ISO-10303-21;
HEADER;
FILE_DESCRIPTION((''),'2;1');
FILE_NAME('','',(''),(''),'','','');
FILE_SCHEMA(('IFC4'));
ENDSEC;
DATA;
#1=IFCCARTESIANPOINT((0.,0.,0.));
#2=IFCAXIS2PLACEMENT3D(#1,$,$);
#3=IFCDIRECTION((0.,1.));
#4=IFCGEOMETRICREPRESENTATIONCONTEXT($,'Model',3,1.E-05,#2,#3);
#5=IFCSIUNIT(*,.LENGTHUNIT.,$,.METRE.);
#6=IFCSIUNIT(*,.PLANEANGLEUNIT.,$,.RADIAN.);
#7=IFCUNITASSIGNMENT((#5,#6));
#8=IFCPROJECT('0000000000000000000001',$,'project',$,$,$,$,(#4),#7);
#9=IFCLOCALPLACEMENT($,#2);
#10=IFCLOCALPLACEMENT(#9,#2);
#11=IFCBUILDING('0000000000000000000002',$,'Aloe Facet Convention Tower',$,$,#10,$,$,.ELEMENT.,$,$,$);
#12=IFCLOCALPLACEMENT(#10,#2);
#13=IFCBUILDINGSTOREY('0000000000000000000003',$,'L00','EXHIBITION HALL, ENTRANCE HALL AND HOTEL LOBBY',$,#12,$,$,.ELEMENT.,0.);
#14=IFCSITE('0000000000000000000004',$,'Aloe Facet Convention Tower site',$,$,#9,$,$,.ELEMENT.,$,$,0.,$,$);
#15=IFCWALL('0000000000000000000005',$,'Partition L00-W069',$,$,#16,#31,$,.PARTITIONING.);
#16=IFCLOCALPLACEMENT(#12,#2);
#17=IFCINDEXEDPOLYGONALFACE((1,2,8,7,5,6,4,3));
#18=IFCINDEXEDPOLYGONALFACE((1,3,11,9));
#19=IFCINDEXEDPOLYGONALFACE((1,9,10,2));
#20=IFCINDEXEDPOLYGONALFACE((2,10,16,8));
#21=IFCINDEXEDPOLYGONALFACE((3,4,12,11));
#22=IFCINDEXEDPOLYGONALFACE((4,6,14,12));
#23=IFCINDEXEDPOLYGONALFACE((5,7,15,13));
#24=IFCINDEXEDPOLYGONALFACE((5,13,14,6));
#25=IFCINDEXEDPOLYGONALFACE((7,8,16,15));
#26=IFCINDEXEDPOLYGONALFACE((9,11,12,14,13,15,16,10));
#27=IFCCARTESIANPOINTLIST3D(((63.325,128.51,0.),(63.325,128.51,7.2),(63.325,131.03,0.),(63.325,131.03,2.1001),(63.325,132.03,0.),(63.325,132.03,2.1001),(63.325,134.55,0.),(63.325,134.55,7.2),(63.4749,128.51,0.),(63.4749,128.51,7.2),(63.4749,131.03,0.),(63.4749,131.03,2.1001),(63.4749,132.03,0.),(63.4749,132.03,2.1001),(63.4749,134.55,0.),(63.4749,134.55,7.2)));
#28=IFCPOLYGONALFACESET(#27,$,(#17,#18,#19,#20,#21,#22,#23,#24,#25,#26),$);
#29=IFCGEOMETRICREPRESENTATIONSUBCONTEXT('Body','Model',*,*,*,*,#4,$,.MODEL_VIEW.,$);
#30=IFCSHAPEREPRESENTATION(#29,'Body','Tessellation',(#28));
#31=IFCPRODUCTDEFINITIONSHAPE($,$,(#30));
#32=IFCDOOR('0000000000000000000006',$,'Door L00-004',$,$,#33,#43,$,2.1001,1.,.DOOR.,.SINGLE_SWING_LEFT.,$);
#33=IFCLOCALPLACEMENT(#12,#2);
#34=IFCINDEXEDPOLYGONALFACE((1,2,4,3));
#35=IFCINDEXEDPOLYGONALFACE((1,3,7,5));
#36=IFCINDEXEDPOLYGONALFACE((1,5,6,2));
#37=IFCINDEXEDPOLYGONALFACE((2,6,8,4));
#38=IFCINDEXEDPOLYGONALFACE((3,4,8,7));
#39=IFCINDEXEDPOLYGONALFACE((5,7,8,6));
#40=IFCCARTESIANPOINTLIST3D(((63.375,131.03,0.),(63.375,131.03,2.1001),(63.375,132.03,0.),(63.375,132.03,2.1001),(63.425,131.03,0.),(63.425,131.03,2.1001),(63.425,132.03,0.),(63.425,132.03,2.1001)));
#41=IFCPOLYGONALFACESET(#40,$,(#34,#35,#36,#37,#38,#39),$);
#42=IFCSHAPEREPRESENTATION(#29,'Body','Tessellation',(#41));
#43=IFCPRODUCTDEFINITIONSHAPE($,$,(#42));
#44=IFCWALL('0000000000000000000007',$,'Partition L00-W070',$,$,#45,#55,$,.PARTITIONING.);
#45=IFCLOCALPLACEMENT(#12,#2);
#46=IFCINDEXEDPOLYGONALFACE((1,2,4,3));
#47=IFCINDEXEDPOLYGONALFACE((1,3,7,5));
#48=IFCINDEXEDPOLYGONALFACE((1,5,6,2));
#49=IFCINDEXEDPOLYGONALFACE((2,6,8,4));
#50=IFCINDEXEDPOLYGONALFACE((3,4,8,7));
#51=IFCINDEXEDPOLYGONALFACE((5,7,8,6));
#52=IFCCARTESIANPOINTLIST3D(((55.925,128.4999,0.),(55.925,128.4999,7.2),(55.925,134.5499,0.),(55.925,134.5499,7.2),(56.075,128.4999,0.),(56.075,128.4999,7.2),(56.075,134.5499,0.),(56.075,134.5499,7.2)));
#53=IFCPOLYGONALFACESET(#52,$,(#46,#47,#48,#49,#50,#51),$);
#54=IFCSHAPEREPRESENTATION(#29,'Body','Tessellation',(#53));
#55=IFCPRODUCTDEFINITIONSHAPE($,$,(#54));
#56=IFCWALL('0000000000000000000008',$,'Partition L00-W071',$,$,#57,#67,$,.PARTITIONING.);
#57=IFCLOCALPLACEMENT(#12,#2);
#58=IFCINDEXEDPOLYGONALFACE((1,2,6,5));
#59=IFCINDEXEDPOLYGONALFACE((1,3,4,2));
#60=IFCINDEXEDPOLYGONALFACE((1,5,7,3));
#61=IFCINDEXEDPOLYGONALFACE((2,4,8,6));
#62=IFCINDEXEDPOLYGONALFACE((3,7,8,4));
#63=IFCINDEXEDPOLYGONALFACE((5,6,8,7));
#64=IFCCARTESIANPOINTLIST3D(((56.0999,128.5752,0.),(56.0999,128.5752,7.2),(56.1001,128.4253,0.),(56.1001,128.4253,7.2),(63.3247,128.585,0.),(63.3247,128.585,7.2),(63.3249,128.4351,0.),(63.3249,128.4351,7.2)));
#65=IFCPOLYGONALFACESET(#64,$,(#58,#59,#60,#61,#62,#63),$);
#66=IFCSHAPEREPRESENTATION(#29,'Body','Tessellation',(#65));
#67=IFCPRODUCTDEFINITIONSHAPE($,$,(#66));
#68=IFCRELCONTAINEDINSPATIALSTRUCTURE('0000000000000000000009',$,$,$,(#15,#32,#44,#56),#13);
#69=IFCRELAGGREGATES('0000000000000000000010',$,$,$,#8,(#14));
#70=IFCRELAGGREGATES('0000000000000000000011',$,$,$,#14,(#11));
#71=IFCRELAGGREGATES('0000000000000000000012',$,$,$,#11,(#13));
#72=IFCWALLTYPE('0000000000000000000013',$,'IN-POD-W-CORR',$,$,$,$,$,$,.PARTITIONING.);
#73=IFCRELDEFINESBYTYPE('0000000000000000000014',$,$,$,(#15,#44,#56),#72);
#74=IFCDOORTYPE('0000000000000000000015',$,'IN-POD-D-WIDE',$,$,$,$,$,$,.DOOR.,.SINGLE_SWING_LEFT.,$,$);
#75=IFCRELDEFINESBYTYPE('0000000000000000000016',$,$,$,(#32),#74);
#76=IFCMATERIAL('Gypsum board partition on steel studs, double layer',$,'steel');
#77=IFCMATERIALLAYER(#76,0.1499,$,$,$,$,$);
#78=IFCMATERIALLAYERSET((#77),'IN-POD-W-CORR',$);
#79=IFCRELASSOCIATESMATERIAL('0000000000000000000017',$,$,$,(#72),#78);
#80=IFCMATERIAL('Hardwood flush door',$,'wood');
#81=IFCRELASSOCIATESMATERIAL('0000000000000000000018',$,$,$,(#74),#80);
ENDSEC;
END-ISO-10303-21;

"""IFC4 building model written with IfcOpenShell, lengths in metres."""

from ifc_helpers import new_model, si_unit, direction, frame, frame_2d, origin, place, context, subcontext, project, spatial, rectangle, extrude, material, layer, layer_set, type_object, element, fill, save


model = new_model("IFC4")

# Units and contexts
model_context = context("Model", 3, precision=1e-05, world=origin(), true_north=direction((0.0, 1.0)))
body_context = subcontext(model_context, "Body", "Model", "MODEL_VIEW")
ifc_project = project(units=[si_unit("LENGTHUNIT", "METRE"), si_unit("PLANEANGLEUNIT", "RADIAN")], contexts=[model_context])

# Site, building, storey
site_placement = place(None, origin())
site = spatial("IfcSite", under=ifc_project, at=site_placement, Name="Aloe Facet Convention Tower site", CompositionType="ELEMENT", RefElevation=0.0)
building_placement = place(site_placement, origin())
building = spatial("IfcBuilding", under=site, at=building_placement, Name="Aloe Facet Convention Tower", CompositionType="ELEMENT")
storey_placement = place(building_placement, origin())
storey = spatial("IfcBuildingStorey", under=building, at=storey_placement, Name="L00", Description="EXHIBITION HALL, ENTRANCE HALL AND HOTEL LOBBY", CompositionType="ELEMENT", Elevation=0.0)

# Shared definitions
ifc_material_1 = material(Name="Gypsum board partition on steel studs, double layer", Category="steel")
ifc_layer_1 = layer(ifc_material_1, 0.1499)
ifc_layer_set_1 = layer_set([ifc_layer_1], Name="IN-POD-W-CORR")
wall_type_1 = type_object("IfcWallType", Name="IN-POD-W-CORR", PredefinedType="PARTITIONING", material=ifc_layer_set_1)

# Wall, opening, door
wall_1_placement = place(storey_placement, frame((63.3999, 128.51, 0.0), z_axis=(0.0, 0.0, 1.0), x_axis=(0.0, 1.0, 0.0)))
wall_1 = element("IfcWall", 1, at=wall_1_placement, inside=storey, type_object=wall_type_1, Name="Partition L00-W069", PredefinedType="PARTITIONING", context=body_context, shape_type="SweptSolid", body=[
    extrude(rectangle(XDim=6.04, YDim=0.1499, at=frame_2d((3.02, 0.0))), origin(), (0.0, 0.0, 1.0), 7.2),
])
opening_1_placement = place(wall_1_placement, frame((2.52, 0.0, 0.0)))
opening_1 = element("IfcOpeningElement", 2, at=opening_1_placement, cuts=wall_1, PredefinedType="OPENING", context=body_context, shape_type="SweptSolid", body=[
    extrude(rectangle(XDim=1.0, YDim=2.1001, at=frame_2d((0.5, 1.05))), frame((0.0, 0.085, 0.0), z_axis=(0.0, -1.0, 0.0), x_axis=(1.0, 0.0, 0.0)), (0.0, 0.0, 1.0), 0.1699),
])
ifc_material_2 = material(Name="Hardwood flush door", Category="wood")
door_type_1 = type_object("IfcDoorType", Name="IN-POD-D-WIDE", OperationType="SINGLE_SWING_LEFT", PredefinedType="DOOR", material=ifc_material_2)
door_1_placement = place(opening_1_placement, origin())
door_1 = element("IfcDoor", 3, at=door_1_placement, inside=storey, type_object=door_type_1, Name="Door L00-004", OperationType="SINGLE_SWING_LEFT", OverallHeight=2.1001, OverallWidth=1.0, PredefinedType="DOOR", context=body_context, shape_type="SweptSolid", body=[
    extrude(rectangle(XDim=1.0, YDim=2.1001, at=frame_2d((0.5, 1.05))), frame((0.0, 0.0249, 0.0), z_axis=(0.0, -1.0, 0.0), x_axis=(1.0, 0.0, 0.0)), (0.0, 0.0, 1.0), 0.05),
])
fill(opening_1, door_1)

# Walls
wall_2_placement = place(storey_placement, frame((56.0, 128.5, 0.0), z_axis=(0.0, 0.0, 1.0), x_axis=(0.0, 1.0, 0.0)))
element("IfcWall", 4, at=wall_2_placement, inside=storey, type_object=wall_type_1, Name="Partition L00-W070", PredefinedType="PARTITIONING", context=body_context, shape_type="SweptSolid", body=[
    extrude(rectangle(XDim=6.05, YDim=0.1499, at=frame_2d((3.0249, 0.0))), origin(), (0.0, 0.0, 1.0), 7.2),
])
wall_3_placement = place(storey_placement, frame((56.1001, 128.5002, 0.0), z_axis=(0.0, 0.0, 1.0), x_axis=(0.999999, 0.001352, 0.0)))
element("IfcWall", 5, at=wall_3_placement, inside=storey, type_object=wall_type_1, Name="Partition L00-W071", PredefinedType="PARTITIONING", context=body_context, shape_type="SweptSolid", body=[
    extrude(rectangle(XDim=7.2249, YDim=0.1499, at=frame_2d((3.6123, 0.0))), origin(), (0.0, 0.0, 1.0), 7.2),
])

save(model, "model.ifc")
